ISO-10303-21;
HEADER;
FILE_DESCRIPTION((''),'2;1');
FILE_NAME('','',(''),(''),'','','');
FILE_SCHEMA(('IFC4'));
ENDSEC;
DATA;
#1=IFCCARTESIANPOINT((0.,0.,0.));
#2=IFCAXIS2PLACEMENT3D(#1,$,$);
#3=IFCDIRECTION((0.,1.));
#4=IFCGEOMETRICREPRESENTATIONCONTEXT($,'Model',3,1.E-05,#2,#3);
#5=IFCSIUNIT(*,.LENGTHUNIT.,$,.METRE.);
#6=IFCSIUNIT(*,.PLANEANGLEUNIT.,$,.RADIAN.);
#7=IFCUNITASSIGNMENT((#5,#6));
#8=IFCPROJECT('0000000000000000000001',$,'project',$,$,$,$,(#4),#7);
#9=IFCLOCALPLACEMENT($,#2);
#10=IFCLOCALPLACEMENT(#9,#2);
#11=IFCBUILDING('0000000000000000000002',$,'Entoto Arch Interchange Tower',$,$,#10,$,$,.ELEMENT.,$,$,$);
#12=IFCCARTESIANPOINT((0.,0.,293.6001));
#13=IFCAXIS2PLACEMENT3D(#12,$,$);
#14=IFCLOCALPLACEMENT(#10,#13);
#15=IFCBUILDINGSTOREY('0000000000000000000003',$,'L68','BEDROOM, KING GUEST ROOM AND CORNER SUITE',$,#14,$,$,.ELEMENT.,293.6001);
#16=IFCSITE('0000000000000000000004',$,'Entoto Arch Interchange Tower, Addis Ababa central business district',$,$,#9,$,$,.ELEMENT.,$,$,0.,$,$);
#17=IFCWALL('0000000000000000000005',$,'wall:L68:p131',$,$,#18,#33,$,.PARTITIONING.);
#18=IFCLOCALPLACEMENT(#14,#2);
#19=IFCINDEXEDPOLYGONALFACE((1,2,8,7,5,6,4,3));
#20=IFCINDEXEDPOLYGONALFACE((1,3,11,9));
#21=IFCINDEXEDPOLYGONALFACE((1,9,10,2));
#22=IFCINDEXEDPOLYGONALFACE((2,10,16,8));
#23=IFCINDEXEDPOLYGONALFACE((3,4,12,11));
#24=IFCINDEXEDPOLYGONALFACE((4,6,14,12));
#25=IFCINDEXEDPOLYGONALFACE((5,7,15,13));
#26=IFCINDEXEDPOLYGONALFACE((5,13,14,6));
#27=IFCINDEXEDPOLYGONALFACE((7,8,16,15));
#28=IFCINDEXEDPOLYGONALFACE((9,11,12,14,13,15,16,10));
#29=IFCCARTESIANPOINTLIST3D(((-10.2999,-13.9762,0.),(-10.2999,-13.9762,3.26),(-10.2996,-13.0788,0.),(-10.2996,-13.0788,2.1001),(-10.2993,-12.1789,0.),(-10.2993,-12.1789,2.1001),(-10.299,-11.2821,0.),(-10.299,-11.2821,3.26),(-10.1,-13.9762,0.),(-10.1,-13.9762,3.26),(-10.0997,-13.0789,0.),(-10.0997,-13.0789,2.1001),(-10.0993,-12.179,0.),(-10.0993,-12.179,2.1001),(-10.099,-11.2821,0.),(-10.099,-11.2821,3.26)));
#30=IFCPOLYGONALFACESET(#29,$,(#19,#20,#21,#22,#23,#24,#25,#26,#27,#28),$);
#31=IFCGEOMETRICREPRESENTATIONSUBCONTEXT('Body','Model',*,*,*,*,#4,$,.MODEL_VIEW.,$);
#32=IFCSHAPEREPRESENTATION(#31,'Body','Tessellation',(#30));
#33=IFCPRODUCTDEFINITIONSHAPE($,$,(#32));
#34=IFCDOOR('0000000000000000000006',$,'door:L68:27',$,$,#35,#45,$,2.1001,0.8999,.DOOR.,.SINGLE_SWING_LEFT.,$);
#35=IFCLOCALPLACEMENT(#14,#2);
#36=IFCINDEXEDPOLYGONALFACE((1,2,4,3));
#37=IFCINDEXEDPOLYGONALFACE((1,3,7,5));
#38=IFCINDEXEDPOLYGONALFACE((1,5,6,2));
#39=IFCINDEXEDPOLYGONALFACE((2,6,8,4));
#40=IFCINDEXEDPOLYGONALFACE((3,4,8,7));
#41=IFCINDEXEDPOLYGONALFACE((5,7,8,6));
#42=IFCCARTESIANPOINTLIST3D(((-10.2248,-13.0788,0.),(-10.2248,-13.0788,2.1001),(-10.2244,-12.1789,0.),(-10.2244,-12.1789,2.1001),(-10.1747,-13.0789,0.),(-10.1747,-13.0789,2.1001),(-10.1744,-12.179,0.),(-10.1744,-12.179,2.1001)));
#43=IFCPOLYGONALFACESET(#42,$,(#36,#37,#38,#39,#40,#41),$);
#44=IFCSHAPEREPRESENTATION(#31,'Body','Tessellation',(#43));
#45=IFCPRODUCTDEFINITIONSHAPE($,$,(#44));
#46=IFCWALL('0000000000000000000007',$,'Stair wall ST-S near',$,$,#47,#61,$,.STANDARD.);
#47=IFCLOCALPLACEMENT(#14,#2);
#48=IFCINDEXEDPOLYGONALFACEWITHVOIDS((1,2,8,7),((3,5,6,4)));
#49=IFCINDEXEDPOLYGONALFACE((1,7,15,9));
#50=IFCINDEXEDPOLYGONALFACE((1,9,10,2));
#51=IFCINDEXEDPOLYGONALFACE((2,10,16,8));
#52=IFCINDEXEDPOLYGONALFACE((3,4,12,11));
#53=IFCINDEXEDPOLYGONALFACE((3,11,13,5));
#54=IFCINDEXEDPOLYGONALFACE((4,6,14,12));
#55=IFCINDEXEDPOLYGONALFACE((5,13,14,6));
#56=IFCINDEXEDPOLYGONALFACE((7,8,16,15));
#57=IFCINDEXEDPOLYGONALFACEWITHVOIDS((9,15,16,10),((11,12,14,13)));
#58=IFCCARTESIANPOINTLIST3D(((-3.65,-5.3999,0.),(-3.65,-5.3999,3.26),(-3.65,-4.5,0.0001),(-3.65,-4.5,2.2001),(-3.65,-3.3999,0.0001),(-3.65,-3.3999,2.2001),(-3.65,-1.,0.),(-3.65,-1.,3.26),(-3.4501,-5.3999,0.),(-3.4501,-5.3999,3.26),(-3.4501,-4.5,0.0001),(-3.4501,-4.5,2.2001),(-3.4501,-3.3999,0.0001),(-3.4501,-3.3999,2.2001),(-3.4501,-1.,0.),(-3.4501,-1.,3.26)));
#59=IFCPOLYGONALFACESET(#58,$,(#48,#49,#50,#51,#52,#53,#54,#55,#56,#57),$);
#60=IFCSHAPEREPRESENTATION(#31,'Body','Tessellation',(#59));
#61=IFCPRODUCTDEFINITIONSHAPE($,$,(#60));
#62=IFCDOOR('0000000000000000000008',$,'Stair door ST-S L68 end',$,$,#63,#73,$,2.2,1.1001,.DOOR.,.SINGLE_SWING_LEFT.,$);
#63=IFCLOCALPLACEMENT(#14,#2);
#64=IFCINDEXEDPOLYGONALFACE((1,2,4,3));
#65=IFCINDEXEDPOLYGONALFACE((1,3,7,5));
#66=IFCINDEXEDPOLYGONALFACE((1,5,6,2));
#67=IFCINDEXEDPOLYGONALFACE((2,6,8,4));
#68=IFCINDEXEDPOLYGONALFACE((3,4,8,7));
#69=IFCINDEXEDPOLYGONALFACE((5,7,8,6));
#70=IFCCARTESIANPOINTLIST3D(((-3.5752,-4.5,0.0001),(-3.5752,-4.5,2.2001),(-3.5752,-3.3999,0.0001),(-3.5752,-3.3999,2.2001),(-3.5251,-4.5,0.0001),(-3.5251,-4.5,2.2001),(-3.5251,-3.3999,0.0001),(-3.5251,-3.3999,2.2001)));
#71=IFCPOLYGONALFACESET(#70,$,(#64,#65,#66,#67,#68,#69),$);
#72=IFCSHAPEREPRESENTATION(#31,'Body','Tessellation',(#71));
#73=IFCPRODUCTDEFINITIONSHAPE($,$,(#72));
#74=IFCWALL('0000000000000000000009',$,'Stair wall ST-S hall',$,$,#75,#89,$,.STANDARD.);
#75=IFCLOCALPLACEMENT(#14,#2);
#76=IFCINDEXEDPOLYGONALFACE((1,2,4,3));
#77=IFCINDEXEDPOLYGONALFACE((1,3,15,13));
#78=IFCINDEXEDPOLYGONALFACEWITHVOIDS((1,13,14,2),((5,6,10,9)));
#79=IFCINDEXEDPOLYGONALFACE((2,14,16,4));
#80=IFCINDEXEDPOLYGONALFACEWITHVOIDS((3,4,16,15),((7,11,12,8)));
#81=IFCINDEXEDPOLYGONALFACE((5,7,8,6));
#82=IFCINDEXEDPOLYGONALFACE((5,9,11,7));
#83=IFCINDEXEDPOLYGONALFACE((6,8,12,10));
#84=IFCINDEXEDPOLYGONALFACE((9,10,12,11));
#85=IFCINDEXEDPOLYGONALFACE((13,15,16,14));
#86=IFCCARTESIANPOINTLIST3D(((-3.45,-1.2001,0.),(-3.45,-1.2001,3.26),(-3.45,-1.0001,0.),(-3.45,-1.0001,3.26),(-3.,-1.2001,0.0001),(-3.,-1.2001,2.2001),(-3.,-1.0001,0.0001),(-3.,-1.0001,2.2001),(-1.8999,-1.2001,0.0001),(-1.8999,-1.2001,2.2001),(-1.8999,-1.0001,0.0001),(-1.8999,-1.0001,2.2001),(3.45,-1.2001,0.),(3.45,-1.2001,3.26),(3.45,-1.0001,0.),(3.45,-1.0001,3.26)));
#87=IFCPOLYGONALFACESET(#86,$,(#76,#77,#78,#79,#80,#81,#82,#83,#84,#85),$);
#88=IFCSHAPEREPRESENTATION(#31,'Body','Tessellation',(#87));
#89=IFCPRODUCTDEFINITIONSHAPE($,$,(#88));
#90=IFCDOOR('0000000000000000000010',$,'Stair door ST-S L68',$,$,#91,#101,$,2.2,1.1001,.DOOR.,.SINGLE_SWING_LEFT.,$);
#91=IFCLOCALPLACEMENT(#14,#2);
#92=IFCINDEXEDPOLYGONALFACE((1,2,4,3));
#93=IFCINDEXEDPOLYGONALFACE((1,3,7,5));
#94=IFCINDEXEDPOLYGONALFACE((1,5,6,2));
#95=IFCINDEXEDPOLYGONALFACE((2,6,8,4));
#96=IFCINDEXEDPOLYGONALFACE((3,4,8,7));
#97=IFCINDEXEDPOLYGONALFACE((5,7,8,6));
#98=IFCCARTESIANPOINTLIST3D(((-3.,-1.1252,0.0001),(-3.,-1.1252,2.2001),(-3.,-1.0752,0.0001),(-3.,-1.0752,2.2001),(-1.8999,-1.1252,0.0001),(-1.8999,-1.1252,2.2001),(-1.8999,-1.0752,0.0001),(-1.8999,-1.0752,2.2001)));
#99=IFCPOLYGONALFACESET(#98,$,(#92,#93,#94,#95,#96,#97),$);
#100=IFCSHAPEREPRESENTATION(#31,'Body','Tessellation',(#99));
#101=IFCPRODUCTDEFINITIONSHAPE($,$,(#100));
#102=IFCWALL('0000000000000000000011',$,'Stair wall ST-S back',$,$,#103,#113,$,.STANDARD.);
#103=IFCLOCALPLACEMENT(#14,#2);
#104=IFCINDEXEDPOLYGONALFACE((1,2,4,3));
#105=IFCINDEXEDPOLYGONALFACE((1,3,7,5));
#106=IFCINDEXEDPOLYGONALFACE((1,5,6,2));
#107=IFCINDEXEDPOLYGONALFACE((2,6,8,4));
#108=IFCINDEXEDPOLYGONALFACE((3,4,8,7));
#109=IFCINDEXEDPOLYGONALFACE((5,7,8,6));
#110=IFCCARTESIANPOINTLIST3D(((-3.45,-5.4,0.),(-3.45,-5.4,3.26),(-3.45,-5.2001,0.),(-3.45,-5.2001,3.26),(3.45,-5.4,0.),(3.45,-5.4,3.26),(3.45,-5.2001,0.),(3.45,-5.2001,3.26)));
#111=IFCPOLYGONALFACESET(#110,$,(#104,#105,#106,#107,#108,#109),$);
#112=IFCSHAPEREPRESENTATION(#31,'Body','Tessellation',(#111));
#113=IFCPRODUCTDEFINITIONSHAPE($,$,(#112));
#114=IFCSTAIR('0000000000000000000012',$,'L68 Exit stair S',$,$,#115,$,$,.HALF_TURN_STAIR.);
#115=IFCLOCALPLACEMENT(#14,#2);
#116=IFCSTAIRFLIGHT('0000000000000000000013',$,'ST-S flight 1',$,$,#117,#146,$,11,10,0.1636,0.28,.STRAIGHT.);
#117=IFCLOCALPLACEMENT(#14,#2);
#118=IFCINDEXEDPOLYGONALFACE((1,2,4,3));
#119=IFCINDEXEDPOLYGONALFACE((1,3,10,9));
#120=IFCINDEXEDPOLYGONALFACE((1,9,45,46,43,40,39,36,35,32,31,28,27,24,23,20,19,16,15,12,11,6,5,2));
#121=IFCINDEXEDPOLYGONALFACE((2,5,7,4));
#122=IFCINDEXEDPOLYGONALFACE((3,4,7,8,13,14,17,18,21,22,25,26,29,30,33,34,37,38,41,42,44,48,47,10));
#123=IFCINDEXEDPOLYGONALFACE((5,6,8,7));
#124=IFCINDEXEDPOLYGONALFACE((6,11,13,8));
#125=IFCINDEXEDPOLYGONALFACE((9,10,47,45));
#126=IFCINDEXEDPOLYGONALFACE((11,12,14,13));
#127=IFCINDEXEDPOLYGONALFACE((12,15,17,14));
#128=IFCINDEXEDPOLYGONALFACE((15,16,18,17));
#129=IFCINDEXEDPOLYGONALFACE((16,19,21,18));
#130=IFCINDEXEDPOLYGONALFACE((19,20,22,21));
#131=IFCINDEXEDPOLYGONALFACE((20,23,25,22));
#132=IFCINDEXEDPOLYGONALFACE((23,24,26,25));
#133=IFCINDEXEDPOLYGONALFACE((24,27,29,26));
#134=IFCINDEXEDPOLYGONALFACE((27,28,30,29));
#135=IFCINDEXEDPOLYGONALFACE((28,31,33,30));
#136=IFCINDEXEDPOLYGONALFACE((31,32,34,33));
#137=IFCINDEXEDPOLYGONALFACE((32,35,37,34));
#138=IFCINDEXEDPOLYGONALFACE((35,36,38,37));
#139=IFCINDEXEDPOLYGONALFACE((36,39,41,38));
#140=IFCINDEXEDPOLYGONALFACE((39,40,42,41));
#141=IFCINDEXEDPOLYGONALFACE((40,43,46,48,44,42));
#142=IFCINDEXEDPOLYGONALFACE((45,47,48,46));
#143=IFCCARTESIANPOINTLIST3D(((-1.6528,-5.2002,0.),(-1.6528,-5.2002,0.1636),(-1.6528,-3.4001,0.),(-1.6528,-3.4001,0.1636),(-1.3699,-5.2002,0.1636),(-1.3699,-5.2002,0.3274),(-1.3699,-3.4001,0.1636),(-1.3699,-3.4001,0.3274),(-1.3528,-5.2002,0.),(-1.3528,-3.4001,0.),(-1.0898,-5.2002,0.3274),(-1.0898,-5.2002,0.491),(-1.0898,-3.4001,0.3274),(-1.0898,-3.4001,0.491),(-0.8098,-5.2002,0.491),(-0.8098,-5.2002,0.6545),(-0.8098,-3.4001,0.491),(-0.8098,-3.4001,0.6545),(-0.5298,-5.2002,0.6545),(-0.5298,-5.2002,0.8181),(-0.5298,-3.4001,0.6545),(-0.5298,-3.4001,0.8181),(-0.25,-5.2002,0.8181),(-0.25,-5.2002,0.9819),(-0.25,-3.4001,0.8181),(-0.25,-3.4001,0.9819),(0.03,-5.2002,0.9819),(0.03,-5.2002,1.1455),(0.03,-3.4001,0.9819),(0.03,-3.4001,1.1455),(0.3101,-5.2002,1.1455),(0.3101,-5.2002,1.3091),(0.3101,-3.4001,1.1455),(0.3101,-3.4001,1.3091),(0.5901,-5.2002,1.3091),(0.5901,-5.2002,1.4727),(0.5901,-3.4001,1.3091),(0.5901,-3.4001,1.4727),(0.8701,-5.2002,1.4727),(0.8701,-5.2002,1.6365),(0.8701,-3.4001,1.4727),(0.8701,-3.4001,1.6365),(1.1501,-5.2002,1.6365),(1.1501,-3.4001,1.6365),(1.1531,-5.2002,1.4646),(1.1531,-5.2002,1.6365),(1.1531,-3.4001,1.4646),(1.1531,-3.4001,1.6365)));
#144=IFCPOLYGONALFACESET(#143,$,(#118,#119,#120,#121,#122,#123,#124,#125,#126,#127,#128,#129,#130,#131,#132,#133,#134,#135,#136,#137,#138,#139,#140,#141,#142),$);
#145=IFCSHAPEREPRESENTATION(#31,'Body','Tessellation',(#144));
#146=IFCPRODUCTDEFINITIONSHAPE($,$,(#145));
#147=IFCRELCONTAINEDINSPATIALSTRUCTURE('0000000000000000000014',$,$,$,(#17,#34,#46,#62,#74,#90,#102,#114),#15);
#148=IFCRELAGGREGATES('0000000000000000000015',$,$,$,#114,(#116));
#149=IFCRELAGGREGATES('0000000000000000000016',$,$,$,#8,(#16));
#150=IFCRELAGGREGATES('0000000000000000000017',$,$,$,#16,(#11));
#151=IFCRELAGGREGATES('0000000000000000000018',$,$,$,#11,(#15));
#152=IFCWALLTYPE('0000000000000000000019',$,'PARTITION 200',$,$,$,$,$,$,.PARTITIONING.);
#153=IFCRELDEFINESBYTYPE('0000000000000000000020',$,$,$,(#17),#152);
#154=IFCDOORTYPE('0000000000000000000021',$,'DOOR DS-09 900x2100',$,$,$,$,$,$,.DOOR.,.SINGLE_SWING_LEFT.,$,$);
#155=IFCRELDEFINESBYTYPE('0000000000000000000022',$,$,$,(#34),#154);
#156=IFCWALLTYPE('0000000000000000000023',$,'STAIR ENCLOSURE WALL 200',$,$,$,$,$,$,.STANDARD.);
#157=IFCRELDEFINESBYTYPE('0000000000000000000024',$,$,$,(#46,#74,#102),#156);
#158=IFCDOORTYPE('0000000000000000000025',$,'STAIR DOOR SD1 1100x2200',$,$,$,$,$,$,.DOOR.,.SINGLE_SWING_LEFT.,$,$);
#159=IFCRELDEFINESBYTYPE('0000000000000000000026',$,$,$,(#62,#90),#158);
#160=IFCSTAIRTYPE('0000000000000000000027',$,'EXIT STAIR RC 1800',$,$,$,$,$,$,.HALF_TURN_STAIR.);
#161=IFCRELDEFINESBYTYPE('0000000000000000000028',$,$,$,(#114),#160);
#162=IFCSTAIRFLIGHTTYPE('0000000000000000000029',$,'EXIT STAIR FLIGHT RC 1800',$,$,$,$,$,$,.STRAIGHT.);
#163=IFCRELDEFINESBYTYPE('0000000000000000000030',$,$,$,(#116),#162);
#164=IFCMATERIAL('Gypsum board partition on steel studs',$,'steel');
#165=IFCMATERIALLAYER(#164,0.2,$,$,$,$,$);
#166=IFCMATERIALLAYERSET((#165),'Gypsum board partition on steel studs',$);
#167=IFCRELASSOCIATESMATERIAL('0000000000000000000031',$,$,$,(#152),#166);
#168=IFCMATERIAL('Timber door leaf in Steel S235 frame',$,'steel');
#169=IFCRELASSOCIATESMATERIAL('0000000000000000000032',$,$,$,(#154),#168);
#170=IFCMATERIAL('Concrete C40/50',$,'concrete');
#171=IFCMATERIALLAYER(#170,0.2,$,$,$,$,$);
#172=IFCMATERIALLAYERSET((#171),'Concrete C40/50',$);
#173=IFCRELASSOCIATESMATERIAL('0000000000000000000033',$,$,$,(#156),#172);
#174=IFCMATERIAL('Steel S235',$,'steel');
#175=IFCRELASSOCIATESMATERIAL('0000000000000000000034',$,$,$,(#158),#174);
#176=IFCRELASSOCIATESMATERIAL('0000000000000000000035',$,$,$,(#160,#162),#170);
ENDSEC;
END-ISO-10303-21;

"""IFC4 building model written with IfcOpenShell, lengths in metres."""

from ifc_helpers import new_model, si_unit, direction, frame, frame_2d, origin, place, context, subcontext, project, spatial, polyline, rectangle, outline, extrude, material, layer, layer_set, type_object, element, fill, aggregate, save


model = new_model("IFC4")

# Units and contexts
model_context = context("Model", 3, precision=1e-05, world=origin(), true_north=direction((0.0, 1.0)))
body_context = subcontext(model_context, "Body", "Model", "MODEL_VIEW")
ifc_project = project(units=[si_unit("LENGTHUNIT", "METRE"), si_unit("PLANEANGLEUNIT", "RADIAN")], contexts=[model_context])

# Site, building, storey
site_placement = place(None, origin())
site = spatial("IfcSite", under=ifc_project, at=site_placement, Name="Entoto Arch Interchange Tower, Addis Ababa central business district", CompositionType="ELEMENT", RefElevation=0.0)
building_placement = place(site_placement, origin())
building = spatial("IfcBuilding", under=site, at=building_placement, Name="Entoto Arch Interchange Tower", CompositionType="ELEMENT")
storey_placement = place(building_placement, frame((0.0, 0.0, 293.6001)))
storey = spatial("IfcBuildingStorey", under=building, at=storey_placement, Name="L68", Description="BEDROOM, KING GUEST ROOM AND CORNER SUITE", CompositionType="ELEMENT", Elevation=293.6001)

# Shared definitions
ifc_material_1 = material(Name="Concrete C40/50", Category="concrete")
ifc_material_2 = material(Name="Gypsum board partition on steel studs", Category="steel")
ifc_layer_1 = layer(ifc_material_2, 0.2)
ifc_layer_set_1 = layer_set([ifc_layer_1], Name="Gypsum board partition on steel studs")
wall_type_1 = type_object("IfcWallType", Name="PARTITION 200", PredefinedType="PARTITIONING", material=ifc_layer_set_1)

# Shared definitions
ifc_material_3 = material(Name="Timber door leaf in Steel S235 frame", Category="steel")

# Walls, openings, doors
wall_1_placement = place(storey_placement, frame((-10.199, -11.282, 0.0), z_axis=(0.0, 0.0, 1.0), x_axis=(-0.000362, -1.0, 0.0)))
wall_1 = element("IfcWall", 1, at=wall_1_placement, inside=storey, type_object=wall_type_1, Name="wall:L68:p131", PredefinedType="PARTITIONING", context=body_context, shape_type="SweptSolid", body=[
    extrude(rectangle(XDim=2.6941, YDim=0.2, at=frame_2d((1.3472, 0.0))), origin(), (0.0, 0.0, 1.0), 3.26),
])
opening_1_placement = place(wall_1_placement, frame((0.897, 0.0, 0.0)))
opening_1 = element("IfcOpeningElement", 2, at=opening_1_placement, cuts=wall_1, PredefinedType="OPENING", context=body_context, shape_type="SweptSolid", body=[
    extrude(rectangle(XDim=0.8999, YDim=2.1001, at=frame_2d((0.45, 1.05))), frame((0.0, 0.1099, 0.0), z_axis=(0.0, -1.0, 0.0), x_axis=(1.0, 0.0, 0.0)), (0.0, 0.0, 1.0), 0.22),
])
door_type_1 = type_object("IfcDoorType", Name="DOOR DS-09 900x2100", OperationType="SINGLE_SWING_LEFT", PredefinedType="DOOR", material=ifc_material_3)
door_1_placement = place(opening_1_placement, origin())
door_1 = element("IfcDoor", 3, at=door_1_placement, inside=storey, type_object=door_type_1, Name="door:L68:27", OperationType="SINGLE_SWING_LEFT", OverallHeight=2.1001, OverallWidth=0.8999, PredefinedType="DOOR", context=body_context, shape_type="SweptSolid", body=[
    extrude(rectangle(XDim=0.8999, YDim=2.1001, at=frame_2d((0.45, 1.05))), frame((0.0, 0.0249, 0.0), z_axis=(0.0, -1.0, 0.0), x_axis=(1.0, 0.0, 0.0)), (0.0, 0.0, 1.0), 0.05),
])
fill(opening_1, door_1)
ifc_layer_2 = layer(ifc_material_1, 0.2)
ifc_layer_set_2 = layer_set([ifc_layer_2], Name="Concrete C40/50")
wall_type_2 = type_object("IfcWallType", Name="STAIR ENCLOSURE WALL 200", PredefinedType="STANDARD", material=ifc_layer_set_2)
wall_2_placement = place(storey_placement, frame((-3.55, -1.0, 0.0), z_axis=(0.0, 0.0, 1.0), x_axis=(0.0, -1.0, 0.0)))
wall_2 = element("IfcWall", 4, at=wall_2_placement, inside=storey, type_object=wall_type_2, Name="Stair wall ST-S near", PredefinedType="STANDARD", context=body_context, shape_type="SweptSolid", body=[
    extrude(rectangle(XDim=4.3999, YDim=0.2, at=frame_2d((2.2, 0.0))), origin(), (0.0, 0.0, 1.0), 3.26),
])
opening_2_placement = place(wall_2_placement, frame((2.3999, 0.0, 0.0)))
opening_2 = element("IfcOpeningElement", 5, at=opening_2_placement, cuts=wall_2, PredefinedType="OPENING", context=body_context, shape_type="SweptSolid", body=[
    extrude(rectangle(XDim=1.1001, YDim=2.2, at=frame_2d((0.55, 1.1001))), frame((0.0, 0.1099, 0.0), z_axis=(0.0, -1.0, 0.0), x_axis=(1.0, 0.0, 0.0)), (0.0, 0.0, 1.0), 0.22),
])
ifc_material_4 = material(Name="Steel S235", Category="steel")
door_type_2 = type_object("IfcDoorType", Name="STAIR DOOR SD1 1100x2200", OperationType="SINGLE_SWING_LEFT", PredefinedType="DOOR", material=ifc_material_4)
door_2_placement = place(opening_2_placement, origin())
door_2 = element("IfcDoor", 6, at=door_2_placement, inside=storey, type_object=door_type_2, Name="Stair door ST-S L68 end", OperationType="SINGLE_SWING_LEFT", OverallHeight=2.2, OverallWidth=1.1001, PredefinedType="DOOR", context=body_context, shape_type="SweptSolid", body=[
    extrude(rectangle(XDim=1.1001, YDim=2.2, at=frame_2d((0.55, 1.1001))), frame((0.0, 0.0249, 0.0), z_axis=(0.0, -1.0, 0.0), x_axis=(1.0, 0.0, 0.0)), (0.0, 0.0, 1.0), 0.05),
])
fill(opening_2, door_2)
wall_3_placement = place(storey_placement, frame((-3.45, -1.1001, 0.0), z_axis=(0.0, 0.0, 1.0), x_axis=(1.0, 0.0, 0.0)))
wall_3 = element("IfcWall", 7, at=wall_3_placement, inside=storey, type_object=wall_type_2, Name="Stair wall ST-S hall", PredefinedType="STANDARD", context=body_context, shape_type="SweptSolid", body=[
    extrude(rectangle(XDim=6.8999, YDim=0.2, at=frame_2d((3.45, 0.0))), origin(), (0.0, 0.0, 1.0), 3.26),
])
opening_3_placement = place(wall_3_placement, frame((0.45, 0.0, 0.0)))
opening_3 = element("IfcOpeningElement", 8, at=opening_3_placement, cuts=wall_3, PredefinedType="OPENING", context=body_context, shape_type="SweptSolid", body=[
    extrude(rectangle(XDim=1.1001, YDim=2.2, at=frame_2d((0.55, 1.1001))), frame((0.0, 0.1099, 0.0), z_axis=(0.0, -1.0, 0.0), x_axis=(1.0, 0.0, 0.0)), (0.0, 0.0, 1.0), 0.22),
])
door_3_placement = place(opening_3_placement, origin())
door_3 = element("IfcDoor", 9, at=door_3_placement, inside=storey, type_object=door_type_2, Name="Stair door ST-S L68", OperationType="SINGLE_SWING_LEFT", OverallHeight=2.2, OverallWidth=1.1001, PredefinedType="DOOR", context=body_context, shape_type="SweptSolid", body=[
    extrude(rectangle(XDim=1.1001, YDim=2.2, at=frame_2d((0.55, 1.1001))), frame((0.0, 0.0249, 0.0), z_axis=(0.0, -1.0, 0.0), x_axis=(1.0, 0.0, 0.0)), (0.0, 0.0, 1.0), 0.05),
])
fill(opening_3, door_3)

# Wall
wall_4_placement = place(storey_placement, frame((-3.45, -5.3, 0.0), z_axis=(0.0, 0.0, 1.0), x_axis=(1.0, 0.0, 0.0)))
element("IfcWall", 10, at=wall_4_placement, inside=storey, type_object=wall_type_2, Name="Stair wall ST-S back", PredefinedType="STANDARD", context=body_context, shape_type="SweptSolid", body=[
    extrude(rectangle(XDim=6.8999, YDim=0.2, at=frame_2d((3.45, 0.0))), origin(), (0.0, 0.0, 1.0), 3.26),
])

# Stair, stair flight
stair_type = type_object("IfcStairType", Name="EXIT STAIR RC 1800", PredefinedType="HALF_TURN_STAIR", material=ifc_material_1)
stair_placement = place(storey_placement, origin())
stair = element("IfcStair", 11, at=stair_placement, inside=storey, type_object=stair_type, Name="L68 Exit stair S", PredefinedType="HALF_TURN_STAIR")
stair_flight_type = type_object("IfcStairFlightType", Name="EXIT STAIR FLIGHT RC 1800", PredefinedType="STRAIGHT", material=ifc_material_1)
stair_flight_placement = place(storey_placement, frame((-1.6499, -4.3, 0.0), z_axis=(0.0, 0.0, 1.0), x_axis=(1.0, 0.0, 0.0)))
stair_flight = element("IfcStairFlight", 12, at=stair_flight_placement, type_object=stair_flight_type, Name="ST-S flight 1", NumberOfRisers=11, NumberOfTreads=10, PredefinedType="STRAIGHT", RiserHeight=0.1636, TreadLength=0.28, context=body_context, shape_type="SweptSolid", body=[
    extrude(outline(polyline([(-0.0029, 0.0), (-0.0029, 0.1636), (0.28, 0.1636), (0.28, 0.3274), (0.5601, 0.3274), (0.5601, 0.491), (0.8401, 0.491), (0.8401, 0.6545), (1.1201, 0.6545), (1.1201, 0.8181), (1.3999, 0.8181), (1.3999, 0.9819), (1.6799, 0.9819), (1.6799, 1.1455), (1.96, 1.1455), (1.96, 1.3091), (2.24, 1.3091), (2.24, 1.4727), (2.52, 1.4727), (2.52, 1.6365), (2.8, 1.6365), (2.803, 1.6365), (2.803, 1.4646), (0.2971, 0.0), (-0.0029, 0.0)])), frame((0.0, 0.8999, 0.0), z_axis=(0.0, -1.0, 0.0), x_axis=(1.0, 0.0, 0.0)), (0.0, 0.0, 1.0), 1.8),
])
aggregate(stair, [stair_flight])

save(model, "model.ifc")
